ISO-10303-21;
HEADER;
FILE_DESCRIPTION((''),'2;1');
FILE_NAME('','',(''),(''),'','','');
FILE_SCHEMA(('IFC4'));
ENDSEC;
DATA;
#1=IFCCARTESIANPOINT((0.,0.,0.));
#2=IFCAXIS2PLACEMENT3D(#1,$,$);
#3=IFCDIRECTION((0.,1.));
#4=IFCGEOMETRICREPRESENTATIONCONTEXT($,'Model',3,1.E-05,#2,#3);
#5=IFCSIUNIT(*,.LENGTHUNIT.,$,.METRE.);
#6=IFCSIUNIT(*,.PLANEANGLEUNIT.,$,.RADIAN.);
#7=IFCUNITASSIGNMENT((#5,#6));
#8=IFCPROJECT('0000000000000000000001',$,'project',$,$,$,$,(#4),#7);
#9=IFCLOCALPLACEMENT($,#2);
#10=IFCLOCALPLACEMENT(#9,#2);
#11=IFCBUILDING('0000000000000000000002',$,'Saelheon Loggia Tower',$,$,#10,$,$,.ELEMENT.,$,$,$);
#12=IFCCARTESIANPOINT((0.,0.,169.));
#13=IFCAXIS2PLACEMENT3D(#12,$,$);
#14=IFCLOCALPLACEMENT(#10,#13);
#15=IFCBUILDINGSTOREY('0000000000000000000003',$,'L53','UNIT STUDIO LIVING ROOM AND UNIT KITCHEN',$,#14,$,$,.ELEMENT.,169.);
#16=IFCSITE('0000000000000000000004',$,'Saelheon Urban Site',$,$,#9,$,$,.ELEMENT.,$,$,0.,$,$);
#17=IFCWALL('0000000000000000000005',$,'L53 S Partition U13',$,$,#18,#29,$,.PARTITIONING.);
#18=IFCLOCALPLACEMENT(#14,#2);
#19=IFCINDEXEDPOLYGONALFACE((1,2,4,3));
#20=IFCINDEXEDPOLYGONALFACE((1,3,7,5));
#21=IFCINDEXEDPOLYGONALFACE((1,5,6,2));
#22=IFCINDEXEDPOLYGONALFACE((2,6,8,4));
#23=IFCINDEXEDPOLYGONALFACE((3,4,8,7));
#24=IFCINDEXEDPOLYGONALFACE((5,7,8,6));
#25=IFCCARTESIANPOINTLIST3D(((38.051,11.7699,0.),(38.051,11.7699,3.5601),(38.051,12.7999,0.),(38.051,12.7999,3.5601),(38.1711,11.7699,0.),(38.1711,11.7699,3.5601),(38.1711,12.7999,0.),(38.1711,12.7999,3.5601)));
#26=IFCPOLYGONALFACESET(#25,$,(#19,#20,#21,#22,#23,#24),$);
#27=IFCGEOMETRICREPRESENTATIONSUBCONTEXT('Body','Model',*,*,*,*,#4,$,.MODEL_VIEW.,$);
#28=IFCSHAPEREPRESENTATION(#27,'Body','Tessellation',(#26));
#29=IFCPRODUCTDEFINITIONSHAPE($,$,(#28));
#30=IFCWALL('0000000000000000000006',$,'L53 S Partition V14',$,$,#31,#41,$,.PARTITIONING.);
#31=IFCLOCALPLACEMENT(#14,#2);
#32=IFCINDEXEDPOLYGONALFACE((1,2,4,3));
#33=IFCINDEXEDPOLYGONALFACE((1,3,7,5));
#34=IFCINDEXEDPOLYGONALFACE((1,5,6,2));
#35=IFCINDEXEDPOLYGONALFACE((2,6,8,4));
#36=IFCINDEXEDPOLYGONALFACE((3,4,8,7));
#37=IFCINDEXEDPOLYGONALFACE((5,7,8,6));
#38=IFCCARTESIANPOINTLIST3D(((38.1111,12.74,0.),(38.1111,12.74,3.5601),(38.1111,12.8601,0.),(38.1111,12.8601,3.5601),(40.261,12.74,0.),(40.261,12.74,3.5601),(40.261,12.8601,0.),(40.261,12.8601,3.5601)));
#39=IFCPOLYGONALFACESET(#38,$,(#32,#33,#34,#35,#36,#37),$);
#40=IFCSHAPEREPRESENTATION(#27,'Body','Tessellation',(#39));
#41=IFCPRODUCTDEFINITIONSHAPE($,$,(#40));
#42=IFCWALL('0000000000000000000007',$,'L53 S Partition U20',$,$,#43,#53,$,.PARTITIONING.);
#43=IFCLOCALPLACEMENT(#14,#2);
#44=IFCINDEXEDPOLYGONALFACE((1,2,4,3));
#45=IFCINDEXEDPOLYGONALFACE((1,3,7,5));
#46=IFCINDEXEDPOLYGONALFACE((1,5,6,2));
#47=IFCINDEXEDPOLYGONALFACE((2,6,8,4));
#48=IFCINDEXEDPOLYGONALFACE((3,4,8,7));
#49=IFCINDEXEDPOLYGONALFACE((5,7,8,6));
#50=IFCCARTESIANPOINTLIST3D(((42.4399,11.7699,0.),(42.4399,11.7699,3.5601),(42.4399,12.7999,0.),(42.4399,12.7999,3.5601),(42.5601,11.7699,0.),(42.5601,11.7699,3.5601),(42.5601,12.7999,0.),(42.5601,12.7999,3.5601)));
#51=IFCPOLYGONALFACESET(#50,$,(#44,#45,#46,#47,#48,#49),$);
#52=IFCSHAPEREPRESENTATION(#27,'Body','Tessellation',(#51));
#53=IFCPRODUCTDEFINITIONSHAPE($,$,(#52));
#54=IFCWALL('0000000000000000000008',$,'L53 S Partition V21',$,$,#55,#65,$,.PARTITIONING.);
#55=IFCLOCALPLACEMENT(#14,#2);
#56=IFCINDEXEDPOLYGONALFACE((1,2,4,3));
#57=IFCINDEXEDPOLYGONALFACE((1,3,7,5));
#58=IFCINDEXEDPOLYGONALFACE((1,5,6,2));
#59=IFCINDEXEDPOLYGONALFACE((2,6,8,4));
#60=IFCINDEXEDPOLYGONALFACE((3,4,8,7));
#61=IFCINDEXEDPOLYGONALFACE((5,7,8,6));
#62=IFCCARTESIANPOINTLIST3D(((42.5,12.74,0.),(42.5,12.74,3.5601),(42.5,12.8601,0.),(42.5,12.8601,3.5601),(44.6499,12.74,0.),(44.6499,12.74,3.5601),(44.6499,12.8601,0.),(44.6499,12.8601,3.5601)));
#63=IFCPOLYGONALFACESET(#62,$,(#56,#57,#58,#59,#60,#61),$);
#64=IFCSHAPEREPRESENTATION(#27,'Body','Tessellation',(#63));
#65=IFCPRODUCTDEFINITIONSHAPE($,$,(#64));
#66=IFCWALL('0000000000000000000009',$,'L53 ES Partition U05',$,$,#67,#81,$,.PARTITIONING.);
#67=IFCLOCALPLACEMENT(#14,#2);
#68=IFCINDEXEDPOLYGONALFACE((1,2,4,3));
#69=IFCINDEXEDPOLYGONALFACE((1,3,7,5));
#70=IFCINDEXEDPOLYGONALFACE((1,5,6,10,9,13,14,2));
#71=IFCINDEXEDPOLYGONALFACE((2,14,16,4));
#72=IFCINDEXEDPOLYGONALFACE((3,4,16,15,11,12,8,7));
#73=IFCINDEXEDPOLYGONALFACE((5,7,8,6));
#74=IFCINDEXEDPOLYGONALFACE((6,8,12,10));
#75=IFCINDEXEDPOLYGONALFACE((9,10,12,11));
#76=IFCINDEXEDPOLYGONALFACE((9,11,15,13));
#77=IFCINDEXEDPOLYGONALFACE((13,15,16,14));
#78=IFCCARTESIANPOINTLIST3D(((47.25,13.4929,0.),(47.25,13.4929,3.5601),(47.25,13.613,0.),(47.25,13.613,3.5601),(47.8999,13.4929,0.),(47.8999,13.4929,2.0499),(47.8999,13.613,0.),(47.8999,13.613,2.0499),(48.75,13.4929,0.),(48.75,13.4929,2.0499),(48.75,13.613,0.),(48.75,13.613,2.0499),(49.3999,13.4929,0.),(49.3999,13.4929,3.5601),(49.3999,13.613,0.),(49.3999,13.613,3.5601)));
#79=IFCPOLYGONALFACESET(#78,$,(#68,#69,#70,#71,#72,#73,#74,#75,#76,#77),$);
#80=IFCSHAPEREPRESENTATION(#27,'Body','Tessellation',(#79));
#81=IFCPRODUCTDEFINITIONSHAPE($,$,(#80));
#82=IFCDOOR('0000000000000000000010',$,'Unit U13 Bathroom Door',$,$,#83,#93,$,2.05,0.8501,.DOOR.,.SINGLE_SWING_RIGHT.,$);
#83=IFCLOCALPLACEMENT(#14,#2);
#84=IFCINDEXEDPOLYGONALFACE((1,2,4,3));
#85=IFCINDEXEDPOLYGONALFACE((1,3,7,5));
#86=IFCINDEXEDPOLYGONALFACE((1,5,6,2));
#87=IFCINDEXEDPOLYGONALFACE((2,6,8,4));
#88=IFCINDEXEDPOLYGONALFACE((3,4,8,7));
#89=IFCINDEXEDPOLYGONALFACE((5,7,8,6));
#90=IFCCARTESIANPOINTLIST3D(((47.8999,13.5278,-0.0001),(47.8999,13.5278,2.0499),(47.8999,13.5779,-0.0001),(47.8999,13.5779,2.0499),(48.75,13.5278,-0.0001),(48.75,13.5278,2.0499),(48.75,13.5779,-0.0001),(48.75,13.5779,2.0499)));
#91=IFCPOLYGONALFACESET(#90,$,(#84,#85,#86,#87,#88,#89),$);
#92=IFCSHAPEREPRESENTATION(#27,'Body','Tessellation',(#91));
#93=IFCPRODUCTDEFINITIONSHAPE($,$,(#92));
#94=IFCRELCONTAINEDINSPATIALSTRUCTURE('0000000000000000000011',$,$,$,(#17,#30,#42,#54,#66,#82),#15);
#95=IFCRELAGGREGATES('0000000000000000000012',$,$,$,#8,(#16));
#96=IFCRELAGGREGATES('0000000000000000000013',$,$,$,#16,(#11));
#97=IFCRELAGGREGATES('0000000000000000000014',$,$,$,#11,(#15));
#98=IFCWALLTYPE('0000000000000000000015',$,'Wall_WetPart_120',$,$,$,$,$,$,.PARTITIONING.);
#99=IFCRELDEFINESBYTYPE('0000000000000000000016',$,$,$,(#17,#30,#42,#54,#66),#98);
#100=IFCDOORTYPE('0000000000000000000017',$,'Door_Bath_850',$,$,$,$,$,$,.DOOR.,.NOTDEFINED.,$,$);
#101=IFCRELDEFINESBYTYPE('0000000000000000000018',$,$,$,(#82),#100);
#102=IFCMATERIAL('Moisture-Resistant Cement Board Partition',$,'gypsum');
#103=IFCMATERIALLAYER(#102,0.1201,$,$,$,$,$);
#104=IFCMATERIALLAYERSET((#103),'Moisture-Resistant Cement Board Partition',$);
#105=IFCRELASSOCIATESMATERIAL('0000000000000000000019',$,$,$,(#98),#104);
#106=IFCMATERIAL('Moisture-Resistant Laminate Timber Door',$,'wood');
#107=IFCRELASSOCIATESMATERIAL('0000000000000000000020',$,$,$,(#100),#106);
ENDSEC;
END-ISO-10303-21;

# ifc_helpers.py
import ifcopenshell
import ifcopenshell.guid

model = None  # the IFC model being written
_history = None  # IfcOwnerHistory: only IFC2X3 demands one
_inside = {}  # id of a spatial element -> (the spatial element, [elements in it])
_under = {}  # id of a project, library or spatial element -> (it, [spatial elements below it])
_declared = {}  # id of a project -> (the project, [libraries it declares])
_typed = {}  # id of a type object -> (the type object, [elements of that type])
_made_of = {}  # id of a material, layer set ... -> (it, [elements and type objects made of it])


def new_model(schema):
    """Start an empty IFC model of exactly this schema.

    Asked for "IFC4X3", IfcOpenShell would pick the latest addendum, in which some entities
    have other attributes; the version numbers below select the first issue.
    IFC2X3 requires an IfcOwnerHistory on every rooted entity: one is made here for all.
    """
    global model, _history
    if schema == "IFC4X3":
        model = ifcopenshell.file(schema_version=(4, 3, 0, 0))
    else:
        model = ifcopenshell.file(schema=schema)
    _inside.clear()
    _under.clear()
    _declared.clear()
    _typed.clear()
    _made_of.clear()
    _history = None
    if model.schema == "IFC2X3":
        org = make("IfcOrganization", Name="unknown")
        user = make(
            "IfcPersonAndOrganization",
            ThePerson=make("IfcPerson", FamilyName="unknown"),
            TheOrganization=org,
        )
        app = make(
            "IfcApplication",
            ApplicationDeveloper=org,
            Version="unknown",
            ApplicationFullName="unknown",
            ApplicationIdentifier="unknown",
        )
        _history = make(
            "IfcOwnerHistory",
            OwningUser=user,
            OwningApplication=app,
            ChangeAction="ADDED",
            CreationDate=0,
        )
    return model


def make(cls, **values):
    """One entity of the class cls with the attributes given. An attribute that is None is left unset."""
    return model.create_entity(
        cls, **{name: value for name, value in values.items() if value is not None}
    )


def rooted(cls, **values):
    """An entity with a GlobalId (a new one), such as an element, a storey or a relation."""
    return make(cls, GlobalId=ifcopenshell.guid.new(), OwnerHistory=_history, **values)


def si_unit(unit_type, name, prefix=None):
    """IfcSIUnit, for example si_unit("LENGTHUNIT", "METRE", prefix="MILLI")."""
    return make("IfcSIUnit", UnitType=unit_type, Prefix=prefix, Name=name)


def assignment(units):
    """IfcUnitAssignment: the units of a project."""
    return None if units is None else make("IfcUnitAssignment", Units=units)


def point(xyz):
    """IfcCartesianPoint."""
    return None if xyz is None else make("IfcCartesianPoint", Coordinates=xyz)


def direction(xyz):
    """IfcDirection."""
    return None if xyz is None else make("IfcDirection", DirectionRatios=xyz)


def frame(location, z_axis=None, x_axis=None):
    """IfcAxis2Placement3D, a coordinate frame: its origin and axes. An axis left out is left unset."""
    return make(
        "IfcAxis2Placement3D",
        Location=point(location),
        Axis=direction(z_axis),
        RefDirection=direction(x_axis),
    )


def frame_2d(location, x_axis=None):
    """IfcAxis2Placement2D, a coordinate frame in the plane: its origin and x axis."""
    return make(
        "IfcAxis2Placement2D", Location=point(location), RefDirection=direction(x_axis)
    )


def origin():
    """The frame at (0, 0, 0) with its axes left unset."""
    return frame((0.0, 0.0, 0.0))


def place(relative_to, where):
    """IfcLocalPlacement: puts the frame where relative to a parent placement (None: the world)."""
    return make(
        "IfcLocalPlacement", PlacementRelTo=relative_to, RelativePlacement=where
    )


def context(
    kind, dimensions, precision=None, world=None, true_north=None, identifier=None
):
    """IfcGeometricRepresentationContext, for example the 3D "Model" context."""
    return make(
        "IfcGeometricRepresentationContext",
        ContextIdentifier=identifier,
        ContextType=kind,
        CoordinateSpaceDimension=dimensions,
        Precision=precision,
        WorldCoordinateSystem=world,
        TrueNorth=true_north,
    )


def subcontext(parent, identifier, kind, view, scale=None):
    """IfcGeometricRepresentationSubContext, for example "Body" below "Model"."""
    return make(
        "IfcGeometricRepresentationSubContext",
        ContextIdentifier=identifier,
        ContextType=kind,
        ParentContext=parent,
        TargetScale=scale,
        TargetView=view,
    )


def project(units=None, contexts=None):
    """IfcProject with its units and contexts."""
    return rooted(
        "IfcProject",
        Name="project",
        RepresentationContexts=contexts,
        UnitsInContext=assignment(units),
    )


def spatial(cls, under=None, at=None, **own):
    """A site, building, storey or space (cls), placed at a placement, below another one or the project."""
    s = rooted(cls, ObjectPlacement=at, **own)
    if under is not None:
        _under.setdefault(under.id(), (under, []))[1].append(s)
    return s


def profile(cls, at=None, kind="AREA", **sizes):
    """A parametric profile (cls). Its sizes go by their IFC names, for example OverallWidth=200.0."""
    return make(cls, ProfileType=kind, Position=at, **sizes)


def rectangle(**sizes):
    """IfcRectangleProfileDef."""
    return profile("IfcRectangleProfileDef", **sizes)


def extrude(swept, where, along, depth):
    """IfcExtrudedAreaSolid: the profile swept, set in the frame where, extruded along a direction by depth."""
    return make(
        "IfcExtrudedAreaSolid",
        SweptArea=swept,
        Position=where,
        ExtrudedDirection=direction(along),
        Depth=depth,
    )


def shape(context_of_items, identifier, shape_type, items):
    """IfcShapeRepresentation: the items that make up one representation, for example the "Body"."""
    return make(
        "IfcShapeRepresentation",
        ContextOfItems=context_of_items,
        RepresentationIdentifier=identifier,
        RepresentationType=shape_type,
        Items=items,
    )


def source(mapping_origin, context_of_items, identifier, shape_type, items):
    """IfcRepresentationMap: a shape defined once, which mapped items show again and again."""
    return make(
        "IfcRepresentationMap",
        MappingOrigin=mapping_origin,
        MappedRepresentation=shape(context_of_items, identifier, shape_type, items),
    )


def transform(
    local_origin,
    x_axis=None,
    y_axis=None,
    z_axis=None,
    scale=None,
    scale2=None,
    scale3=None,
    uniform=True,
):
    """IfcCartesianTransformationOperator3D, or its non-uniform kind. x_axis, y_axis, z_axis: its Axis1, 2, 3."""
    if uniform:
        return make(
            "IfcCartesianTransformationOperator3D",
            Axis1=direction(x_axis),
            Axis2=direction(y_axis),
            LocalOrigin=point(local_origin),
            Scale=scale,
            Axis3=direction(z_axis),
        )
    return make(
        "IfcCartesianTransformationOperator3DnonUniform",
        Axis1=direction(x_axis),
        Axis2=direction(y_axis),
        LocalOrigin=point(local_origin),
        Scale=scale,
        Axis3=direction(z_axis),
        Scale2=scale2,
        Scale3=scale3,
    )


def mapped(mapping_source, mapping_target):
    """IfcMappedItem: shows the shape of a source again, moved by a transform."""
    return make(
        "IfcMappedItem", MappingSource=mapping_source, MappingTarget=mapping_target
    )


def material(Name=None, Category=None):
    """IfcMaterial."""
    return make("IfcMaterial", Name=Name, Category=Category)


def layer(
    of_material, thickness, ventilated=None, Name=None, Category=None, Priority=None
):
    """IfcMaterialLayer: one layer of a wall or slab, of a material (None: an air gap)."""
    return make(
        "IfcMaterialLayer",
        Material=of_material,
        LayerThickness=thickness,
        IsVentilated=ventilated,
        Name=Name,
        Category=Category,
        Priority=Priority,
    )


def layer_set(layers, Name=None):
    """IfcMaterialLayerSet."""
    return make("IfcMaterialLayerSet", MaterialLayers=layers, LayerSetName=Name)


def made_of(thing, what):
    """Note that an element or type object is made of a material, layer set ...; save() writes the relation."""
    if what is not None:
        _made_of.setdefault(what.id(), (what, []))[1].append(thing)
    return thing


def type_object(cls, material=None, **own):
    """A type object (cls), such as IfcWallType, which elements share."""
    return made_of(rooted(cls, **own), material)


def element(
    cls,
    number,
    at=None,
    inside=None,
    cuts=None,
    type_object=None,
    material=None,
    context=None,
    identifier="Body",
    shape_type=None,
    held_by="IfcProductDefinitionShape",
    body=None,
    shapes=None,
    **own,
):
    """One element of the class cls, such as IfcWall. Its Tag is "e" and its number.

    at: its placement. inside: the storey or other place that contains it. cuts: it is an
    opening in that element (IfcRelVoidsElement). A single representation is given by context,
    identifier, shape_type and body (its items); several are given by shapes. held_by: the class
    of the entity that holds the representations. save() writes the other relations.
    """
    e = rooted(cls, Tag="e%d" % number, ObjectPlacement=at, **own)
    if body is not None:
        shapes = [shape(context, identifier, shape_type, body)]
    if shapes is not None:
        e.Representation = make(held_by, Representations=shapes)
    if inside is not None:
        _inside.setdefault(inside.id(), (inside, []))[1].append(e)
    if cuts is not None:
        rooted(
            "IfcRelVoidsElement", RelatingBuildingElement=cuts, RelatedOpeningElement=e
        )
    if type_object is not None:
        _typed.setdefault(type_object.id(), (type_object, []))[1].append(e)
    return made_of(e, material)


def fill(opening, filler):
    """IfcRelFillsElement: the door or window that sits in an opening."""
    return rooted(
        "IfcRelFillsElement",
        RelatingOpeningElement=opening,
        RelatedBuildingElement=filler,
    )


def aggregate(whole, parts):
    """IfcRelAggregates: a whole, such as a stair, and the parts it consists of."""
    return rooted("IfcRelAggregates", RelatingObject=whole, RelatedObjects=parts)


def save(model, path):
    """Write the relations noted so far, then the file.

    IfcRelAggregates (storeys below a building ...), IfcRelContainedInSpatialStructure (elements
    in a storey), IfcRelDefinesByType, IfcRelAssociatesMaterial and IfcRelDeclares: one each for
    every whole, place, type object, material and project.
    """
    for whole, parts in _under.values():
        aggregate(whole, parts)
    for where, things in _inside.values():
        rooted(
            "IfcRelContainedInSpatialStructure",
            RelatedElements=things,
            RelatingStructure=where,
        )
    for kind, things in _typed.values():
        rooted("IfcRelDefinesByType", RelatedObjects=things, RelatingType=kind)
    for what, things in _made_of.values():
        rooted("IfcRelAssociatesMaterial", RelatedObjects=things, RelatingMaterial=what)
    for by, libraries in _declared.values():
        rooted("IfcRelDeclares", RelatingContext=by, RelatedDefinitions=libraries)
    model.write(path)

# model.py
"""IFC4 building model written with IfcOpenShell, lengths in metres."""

from ifc_helpers import new_model, si_unit, direction, frame, frame_2d, origin, place, context, subcontext, project, spatial, rectangle, extrude, source, transform, mapped, material, layer, layer_set, type_object, element, fill, save


model = new_model("IFC4")

# Units and contexts
model_context = context("Model", 3, precision=1e-05, world=origin(), true_north=direction((0.0, 1.0)))
body_context = subcontext(model_context, "Body", "Model", "MODEL_VIEW")
ifc_project = project(units=[si_unit("LENGTHUNIT", "METRE"), si_unit("PLANEANGLEUNIT", "RADIAN")], contexts=[model_context])

# Site, building, storey
site_placement = place(None, origin())
site = spatial("IfcSite", under=ifc_project, at=site_placement, Name="Saelheon Urban Site", CompositionType="ELEMENT", RefElevation=0.0)
building_placement = place(site_placement, origin())
building = spatial("IfcBuilding", under=site, at=building_placement, Name="Saelheon Loggia Tower", CompositionType="ELEMENT")
storey_placement = place(building_placement, frame((0.0, 0.0, 169.0)))
storey = spatial("IfcBuildingStorey", under=building, at=storey_placement, Name="L53", Description="UNIT STUDIO LIVING ROOM AND UNIT KITCHEN", CompositionType="ELEMENT", Elevation=169.0)

# Walls
ifc_material_1 = material(Name="Moisture-Resistant Cement Board Partition", Category="gypsum")
ifc_layer_1 = layer(ifc_material_1, 0.1201)
ifc_layer_set_1 = layer_set([ifc_layer_1], Name="Moisture-Resistant Cement Board Partition")
wall_type_1 = type_object("IfcWallType", Name="Wall_WetPart_120", PredefinedType="PARTITIONING", material=ifc_layer_set_1)
wall_1_placement = place(storey_placement, frame((38.1111, 12.8, 0.0), z_axis=(0.0, 0.0, 1.0), x_axis=(0.0, -1.0, 0.0)))
element("IfcWall", 1, at=wall_1_placement, inside=storey, type_object=wall_type_1, Name="L53 S Partition U13", PredefinedType="PARTITIONING", context=body_context, shape_type="SweptSolid", body=[
    extrude(rectangle(XDim=1.03, YDim=0.1201, at=frame_2d((0.5151, 0.0))), origin(), (0.0, 0.0, 1.0), 3.5601),
])
wall_2_placement = place(storey_placement, frame((38.1111, 12.8, 0.0), z_axis=(0.0, 0.0, 1.0), x_axis=(1.0, 0.0, 0.0)))
element("IfcWall", 2, at=wall_2_placement, inside=storey, type_object=wall_type_1, Name="L53 S Partition V14", PredefinedType="PARTITIONING", context=body_context, shape_type="SweptSolid", body=[
    extrude(rectangle(XDim=2.1499, YDim=0.1201, at=frame_2d((1.075, 0.0))), origin(), (0.0, 0.0, 1.0), 3.5601),
])
wall_3_placement = place(storey_placement, frame((42.5, 12.8, 0.0), z_axis=(0.0, 0.0, 1.0), x_axis=(0.0, -1.0, 0.0)))
element("IfcWall", 3, at=wall_3_placement, inside=storey, type_object=wall_type_1, Name="L53 S Partition U20", PredefinedType="PARTITIONING", context=body_context, shape_type="SweptSolid", body=[
    extrude(rectangle(XDim=1.03, YDim=0.1201, at=frame_2d((0.5151, 0.0))), origin(), (0.0, 0.0, 1.0), 3.5601),
])
wall_4_placement = place(storey_placement, frame((42.5, 12.8, 0.0), z_axis=(0.0, 0.0, 1.0), x_axis=(1.0, 0.0, 0.0)))
element("IfcWall", 4, at=wall_4_placement, inside=storey, type_object=wall_type_1, Name="L53 S Partition V21", PredefinedType="PARTITIONING", context=body_context, shape_type="SweptSolid", body=[
    extrude(rectangle(XDim=2.1499, YDim=0.1201, at=frame_2d((1.075, 0.0))), origin(), (0.0, 0.0, 1.0), 3.5601),
])

# Wall, opening, door
wall_5_placement = place(storey_placement, frame((47.25, 13.553, 0.0), z_axis=(0.0, 0.0, 1.0), x_axis=(1.0, 0.0, 0.0)))
wall_5 = element("IfcWall", 5, at=wall_5_placement, inside=storey, type_object=wall_type_1, Name="L53 ES Partition U05", PredefinedType="PARTITIONING", context=body_context, shape_type="SweptSolid", body=[
    extrude(rectangle(XDim=2.1499, YDim=0.1201, at=frame_2d((1.075, 0.0))), origin(), (0.0, 0.0, 1.0), 3.5601),
])
opening_1_placement = place(wall_5_placement, frame((0.6499, 0.0, 0.0)))
opening_1 = element("IfcOpeningElement", 6, at=opening_1_placement, cuts=wall_5, PredefinedType="OPENING", context=body_context, shape_type="SweptSolid", body=[
    extrude(rectangle(XDim=0.8501, YDim=2.05, at=frame_2d((0.425, 1.0249))), frame((0.0, 0.072, 0.0), z_axis=(0.0, -1.0, 0.0), x_axis=(1.0, 0.0, 0.0)), (0.0, 0.0, 1.0), 0.144),
])
ifc_material_2 = material(Name="Moisture-Resistant Laminate Timber Door", Category="wood")
door_type_1 = type_object("IfcDoorType", Name="Door_Bath_850", OperationType="NOTDEFINED", PredefinedType="DOOR", material=ifc_material_2)
shared_shape_1 = source(origin(), body_context, "Body", "SweptSolid", [
    extrude(rectangle(XDim=0.8501, YDim=2.05, at=frame_2d((0.425, 1.0249))), frame((0.0, 0.0249, 0.0), z_axis=(0.0, -1.0, 0.0), x_axis=(1.0, 0.0, 0.0)), (0.0, 0.0, 1.0), 0.05),
])
door_1_placement = place(opening_1_placement, origin())
door_1 = element("IfcDoor", 7, at=door_1_placement, inside=storey, type_object=door_type_1, Name="Unit U13 Bathroom Door", OperationType="SINGLE_SWING_RIGHT", OverallHeight=2.05, OverallWidth=0.8501, PredefinedType="DOOR", context=body_context, shape_type="MappedRepresentation", body=[
    mapped(shared_shape_1, transform((0.0, 0.0, 0.0), scale=1.0)),
])
fill(opening_1, door_1)

save(model, "model.ifc")
